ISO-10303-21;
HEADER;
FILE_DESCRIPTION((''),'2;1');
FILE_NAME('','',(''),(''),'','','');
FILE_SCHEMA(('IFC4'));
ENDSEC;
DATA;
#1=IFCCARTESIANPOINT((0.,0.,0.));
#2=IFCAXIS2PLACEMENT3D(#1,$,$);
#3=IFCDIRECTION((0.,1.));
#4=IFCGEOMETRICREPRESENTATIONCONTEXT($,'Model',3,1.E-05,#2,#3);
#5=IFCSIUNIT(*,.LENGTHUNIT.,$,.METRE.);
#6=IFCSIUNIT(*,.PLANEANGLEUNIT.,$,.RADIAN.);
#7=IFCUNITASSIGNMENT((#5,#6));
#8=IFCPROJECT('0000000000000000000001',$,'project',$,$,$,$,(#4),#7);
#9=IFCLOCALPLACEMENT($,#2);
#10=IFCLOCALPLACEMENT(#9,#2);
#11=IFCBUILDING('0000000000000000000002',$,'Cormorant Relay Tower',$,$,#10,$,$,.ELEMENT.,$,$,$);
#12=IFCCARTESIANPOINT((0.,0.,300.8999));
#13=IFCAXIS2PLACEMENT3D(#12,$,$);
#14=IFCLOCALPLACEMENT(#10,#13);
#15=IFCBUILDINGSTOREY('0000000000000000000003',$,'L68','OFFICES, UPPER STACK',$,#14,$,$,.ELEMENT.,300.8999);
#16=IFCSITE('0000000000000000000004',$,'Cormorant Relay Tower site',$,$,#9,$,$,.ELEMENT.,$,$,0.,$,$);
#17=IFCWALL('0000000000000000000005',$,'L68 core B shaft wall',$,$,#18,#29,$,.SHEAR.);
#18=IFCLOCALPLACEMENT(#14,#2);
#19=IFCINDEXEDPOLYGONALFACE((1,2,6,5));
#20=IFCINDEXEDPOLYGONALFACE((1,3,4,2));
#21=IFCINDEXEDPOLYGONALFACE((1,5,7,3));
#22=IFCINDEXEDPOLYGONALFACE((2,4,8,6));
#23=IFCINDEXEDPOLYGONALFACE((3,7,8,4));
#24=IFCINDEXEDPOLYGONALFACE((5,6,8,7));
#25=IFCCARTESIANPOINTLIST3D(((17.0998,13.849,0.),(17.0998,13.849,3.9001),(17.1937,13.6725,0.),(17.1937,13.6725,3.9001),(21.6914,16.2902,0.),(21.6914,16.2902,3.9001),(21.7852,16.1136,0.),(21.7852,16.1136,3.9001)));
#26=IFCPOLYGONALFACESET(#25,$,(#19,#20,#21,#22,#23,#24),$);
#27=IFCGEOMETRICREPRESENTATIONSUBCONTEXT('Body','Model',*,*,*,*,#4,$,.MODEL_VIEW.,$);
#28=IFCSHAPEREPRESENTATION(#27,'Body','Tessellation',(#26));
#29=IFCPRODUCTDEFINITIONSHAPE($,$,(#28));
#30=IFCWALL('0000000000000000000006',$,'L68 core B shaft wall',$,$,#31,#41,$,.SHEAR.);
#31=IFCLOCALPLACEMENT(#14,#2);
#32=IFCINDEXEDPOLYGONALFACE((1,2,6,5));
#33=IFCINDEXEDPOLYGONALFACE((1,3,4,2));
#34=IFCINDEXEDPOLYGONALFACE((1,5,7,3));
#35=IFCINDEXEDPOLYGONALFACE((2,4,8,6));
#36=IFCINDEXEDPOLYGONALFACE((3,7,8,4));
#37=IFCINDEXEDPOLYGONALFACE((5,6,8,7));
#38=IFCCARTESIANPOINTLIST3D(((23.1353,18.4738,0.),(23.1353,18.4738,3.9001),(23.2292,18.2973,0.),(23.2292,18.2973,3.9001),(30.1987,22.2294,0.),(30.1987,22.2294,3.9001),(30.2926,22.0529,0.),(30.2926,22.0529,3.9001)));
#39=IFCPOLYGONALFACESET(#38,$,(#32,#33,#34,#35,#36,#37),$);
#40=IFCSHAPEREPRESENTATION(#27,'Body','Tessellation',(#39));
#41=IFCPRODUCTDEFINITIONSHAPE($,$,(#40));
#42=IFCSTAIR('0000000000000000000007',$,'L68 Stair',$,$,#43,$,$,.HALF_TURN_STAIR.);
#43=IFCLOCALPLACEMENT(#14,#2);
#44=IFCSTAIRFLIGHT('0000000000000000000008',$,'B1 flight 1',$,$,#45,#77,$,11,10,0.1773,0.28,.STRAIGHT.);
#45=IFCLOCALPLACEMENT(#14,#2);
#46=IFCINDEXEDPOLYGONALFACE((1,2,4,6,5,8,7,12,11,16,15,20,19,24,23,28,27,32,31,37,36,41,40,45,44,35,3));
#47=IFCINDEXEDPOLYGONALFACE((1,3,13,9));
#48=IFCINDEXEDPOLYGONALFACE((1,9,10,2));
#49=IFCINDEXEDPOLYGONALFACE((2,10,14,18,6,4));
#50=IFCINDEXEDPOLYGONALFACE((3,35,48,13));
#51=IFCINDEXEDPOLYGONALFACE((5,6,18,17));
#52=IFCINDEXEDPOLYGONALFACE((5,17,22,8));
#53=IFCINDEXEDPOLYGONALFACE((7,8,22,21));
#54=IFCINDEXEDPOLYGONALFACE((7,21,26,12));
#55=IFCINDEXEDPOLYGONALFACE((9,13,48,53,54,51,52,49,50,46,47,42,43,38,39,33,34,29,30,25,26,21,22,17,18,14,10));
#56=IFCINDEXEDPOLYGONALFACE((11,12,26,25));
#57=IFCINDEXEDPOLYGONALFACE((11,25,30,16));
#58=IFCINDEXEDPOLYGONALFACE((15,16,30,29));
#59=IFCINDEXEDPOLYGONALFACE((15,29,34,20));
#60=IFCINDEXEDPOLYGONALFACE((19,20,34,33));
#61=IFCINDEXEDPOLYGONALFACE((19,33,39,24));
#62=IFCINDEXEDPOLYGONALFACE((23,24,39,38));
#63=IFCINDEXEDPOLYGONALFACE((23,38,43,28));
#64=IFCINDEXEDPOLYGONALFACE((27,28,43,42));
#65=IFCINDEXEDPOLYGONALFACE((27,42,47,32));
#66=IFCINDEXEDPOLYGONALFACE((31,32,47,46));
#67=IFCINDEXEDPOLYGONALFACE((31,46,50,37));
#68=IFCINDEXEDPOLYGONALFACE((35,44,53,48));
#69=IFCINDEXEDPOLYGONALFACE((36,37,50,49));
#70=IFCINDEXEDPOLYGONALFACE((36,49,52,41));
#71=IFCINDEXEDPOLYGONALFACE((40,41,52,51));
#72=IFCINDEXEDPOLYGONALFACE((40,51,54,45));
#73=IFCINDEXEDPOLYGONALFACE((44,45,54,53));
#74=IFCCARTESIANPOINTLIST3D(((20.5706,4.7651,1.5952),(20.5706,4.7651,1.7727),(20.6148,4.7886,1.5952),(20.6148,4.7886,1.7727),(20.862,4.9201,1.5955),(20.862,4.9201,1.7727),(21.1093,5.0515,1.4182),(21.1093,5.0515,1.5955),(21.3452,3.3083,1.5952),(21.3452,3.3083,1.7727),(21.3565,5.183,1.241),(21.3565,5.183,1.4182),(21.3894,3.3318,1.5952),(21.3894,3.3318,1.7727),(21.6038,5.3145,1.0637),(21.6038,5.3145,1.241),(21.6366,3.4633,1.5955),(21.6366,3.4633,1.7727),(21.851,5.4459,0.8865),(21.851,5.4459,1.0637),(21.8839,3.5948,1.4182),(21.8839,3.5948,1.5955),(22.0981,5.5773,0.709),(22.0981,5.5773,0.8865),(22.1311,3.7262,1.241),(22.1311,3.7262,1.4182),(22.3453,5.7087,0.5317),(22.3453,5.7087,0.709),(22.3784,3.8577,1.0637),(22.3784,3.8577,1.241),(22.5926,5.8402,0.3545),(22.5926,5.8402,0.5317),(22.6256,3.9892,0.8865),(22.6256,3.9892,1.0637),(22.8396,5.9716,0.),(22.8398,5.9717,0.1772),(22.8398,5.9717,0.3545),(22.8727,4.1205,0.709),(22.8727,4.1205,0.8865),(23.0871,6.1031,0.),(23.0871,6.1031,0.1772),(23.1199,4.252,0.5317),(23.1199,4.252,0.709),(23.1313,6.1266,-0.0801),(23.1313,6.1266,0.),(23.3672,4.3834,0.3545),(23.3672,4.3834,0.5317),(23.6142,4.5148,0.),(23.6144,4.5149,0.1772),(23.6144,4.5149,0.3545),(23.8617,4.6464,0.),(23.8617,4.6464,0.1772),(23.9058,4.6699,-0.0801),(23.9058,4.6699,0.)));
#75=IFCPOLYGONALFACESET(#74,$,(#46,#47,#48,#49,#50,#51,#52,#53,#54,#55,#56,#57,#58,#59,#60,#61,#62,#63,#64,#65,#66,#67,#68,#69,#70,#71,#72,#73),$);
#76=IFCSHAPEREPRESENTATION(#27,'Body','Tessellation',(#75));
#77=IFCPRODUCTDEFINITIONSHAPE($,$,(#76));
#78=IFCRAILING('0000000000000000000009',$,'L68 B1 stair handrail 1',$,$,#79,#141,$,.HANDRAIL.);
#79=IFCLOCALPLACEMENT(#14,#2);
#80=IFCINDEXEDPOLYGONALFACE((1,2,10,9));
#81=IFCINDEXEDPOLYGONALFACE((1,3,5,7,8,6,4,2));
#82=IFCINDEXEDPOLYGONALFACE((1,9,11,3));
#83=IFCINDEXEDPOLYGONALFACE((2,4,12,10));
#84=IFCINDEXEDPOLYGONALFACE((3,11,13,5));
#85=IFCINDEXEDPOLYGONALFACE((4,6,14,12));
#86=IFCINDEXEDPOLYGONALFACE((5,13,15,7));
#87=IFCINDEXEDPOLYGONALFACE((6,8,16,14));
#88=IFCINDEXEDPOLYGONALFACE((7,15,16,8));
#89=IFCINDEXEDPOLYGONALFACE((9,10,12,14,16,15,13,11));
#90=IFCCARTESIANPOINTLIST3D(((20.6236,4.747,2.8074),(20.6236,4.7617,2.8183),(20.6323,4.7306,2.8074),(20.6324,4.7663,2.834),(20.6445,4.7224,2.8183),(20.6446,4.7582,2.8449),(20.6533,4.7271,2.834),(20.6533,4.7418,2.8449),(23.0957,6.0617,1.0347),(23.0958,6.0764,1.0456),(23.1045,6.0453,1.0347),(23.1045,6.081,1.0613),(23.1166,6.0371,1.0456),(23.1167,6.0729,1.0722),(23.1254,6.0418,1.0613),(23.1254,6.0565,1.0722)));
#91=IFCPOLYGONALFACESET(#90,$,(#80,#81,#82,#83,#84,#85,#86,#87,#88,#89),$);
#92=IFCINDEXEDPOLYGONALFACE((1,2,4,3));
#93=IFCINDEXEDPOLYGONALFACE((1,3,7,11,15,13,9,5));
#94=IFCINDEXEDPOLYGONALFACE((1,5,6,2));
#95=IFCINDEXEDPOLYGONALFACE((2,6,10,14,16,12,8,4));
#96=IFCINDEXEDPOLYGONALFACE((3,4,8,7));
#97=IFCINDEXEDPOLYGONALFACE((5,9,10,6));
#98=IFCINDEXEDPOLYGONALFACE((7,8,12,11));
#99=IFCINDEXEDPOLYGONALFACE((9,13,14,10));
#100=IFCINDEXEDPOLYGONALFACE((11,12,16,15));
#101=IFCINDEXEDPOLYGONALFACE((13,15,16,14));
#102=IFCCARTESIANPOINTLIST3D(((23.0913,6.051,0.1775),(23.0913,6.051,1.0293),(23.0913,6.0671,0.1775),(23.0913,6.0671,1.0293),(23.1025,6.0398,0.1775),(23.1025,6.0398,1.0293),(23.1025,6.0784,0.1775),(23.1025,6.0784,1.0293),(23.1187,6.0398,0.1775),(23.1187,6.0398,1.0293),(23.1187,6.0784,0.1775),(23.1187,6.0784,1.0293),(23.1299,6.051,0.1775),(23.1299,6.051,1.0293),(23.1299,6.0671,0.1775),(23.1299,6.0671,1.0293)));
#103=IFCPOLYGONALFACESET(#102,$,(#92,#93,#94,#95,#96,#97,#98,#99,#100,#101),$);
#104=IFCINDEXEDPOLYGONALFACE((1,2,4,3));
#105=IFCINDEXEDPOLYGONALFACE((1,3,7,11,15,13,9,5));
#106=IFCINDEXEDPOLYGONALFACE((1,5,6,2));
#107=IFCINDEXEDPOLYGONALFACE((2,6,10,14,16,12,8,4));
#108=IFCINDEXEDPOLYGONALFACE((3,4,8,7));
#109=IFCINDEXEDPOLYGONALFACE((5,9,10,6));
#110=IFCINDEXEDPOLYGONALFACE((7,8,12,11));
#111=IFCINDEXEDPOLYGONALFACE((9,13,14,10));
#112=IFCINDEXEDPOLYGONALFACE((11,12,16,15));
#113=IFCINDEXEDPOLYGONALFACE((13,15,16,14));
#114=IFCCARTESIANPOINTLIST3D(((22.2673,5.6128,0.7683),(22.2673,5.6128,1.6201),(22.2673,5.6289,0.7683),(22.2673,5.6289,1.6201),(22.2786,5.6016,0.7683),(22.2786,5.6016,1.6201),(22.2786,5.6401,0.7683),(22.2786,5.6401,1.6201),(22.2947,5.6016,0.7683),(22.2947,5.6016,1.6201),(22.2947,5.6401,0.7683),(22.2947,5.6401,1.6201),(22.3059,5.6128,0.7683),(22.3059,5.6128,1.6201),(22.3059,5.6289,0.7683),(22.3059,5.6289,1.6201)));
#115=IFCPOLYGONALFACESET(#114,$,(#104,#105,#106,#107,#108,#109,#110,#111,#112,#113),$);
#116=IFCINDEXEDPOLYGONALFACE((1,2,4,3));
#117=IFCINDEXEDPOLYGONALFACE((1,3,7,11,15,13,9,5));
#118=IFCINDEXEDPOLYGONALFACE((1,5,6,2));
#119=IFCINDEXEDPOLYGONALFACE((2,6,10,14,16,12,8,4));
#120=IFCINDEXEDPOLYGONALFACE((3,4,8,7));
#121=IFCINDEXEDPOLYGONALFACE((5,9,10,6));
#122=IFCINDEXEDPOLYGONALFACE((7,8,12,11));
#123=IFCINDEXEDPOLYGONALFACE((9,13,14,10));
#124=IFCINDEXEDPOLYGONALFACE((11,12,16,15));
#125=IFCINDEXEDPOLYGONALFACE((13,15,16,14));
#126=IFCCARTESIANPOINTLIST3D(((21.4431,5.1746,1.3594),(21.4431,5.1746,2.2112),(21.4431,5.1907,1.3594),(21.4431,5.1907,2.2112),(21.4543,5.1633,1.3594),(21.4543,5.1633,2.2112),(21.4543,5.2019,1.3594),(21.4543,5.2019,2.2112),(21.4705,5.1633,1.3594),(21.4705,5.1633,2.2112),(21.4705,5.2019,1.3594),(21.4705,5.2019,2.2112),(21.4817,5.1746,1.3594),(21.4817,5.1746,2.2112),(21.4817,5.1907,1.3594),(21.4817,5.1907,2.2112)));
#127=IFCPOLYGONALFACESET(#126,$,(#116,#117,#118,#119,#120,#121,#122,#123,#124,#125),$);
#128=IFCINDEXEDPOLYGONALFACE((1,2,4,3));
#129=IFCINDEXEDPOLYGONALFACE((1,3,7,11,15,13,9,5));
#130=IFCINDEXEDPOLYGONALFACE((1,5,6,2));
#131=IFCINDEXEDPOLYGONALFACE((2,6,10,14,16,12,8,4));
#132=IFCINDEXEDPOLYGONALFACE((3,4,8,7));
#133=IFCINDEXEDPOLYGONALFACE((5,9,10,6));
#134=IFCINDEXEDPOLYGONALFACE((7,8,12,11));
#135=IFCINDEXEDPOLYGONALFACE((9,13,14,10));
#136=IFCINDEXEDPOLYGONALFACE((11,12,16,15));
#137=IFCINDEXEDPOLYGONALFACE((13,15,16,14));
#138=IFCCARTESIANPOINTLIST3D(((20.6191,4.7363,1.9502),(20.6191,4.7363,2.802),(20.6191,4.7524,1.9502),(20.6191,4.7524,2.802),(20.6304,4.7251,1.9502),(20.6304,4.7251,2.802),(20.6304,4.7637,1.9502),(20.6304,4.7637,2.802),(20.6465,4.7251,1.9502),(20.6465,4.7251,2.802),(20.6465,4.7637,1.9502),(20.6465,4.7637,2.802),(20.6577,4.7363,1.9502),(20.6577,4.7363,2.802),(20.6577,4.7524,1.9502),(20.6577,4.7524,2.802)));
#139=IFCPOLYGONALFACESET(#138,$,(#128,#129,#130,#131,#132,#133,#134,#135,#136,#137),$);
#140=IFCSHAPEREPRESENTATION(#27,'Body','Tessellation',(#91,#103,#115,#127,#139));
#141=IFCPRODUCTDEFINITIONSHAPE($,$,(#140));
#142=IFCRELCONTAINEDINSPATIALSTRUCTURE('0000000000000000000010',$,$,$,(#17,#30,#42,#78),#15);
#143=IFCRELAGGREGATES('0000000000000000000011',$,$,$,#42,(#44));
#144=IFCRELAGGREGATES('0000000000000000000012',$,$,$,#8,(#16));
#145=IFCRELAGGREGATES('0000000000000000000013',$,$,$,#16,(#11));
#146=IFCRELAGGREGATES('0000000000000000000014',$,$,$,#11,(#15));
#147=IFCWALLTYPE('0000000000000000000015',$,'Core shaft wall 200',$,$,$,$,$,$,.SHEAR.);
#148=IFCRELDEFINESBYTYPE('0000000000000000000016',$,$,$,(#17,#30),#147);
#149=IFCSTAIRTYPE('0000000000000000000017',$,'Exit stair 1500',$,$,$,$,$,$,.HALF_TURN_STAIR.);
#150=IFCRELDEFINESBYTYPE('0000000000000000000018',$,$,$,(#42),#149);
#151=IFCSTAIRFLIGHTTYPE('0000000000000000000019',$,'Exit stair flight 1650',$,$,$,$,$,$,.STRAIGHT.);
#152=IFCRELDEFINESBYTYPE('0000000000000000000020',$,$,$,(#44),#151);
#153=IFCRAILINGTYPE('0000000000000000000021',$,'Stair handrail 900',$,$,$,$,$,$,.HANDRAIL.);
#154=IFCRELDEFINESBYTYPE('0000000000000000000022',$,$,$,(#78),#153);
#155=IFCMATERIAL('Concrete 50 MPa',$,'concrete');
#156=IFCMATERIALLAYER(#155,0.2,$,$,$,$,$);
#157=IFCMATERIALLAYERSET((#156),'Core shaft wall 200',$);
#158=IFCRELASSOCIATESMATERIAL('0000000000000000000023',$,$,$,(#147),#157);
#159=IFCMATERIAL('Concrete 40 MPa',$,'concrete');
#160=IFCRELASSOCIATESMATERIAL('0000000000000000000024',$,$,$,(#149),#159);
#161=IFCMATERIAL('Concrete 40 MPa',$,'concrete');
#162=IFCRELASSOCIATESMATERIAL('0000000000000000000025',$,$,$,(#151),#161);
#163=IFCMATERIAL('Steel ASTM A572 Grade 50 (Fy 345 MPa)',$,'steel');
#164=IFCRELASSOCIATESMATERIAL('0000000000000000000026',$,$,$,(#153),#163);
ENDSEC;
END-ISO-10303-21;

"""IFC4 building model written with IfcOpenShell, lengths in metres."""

from ifc_helpers import new_model, si_unit, direction, frame, frame_2d, origin, place, context, subcontext, project, spatial, polyline, rectangle, outline, extrude, material, layer, layer_set, type_object, element, aggregate, save


model = new_model("IFC4")

# Units and contexts
model_context = context("Model", 3, precision=1e-05, world=origin(), true_north=direction((0.0, 1.0)))
body_context = subcontext(model_context, "Body", "Model", "MODEL_VIEW")
ifc_project = project(units=[si_unit("LENGTHUNIT", "METRE"), si_unit("PLANEANGLEUNIT", "RADIAN")], contexts=[model_context])

# Site, building, storey
site_placement = place(None, origin())
site = spatial("IfcSite", under=ifc_project, at=site_placement, Name="Cormorant Relay Tower site", CompositionType="ELEMENT", RefElevation=0.0)
building_placement = place(site_placement, origin())
building = spatial("IfcBuilding", under=site, at=building_placement, Name="Cormorant Relay Tower", CompositionType="ELEMENT")
storey_placement = place(building_placement, frame((0.0, 0.0, 300.8999)))
storey = spatial("IfcBuildingStorey", under=building, at=storey_placement, Name="L68", Description="OFFICES, UPPER STACK", CompositionType="ELEMENT", Elevation=300.8999)

# Shared definitions
ifc_material_1 = material(Name="Concrete 50 MPa", Category="concrete")
ifc_layer_1 = layer(ifc_material_1, 0.2)
ifc_layer_set_1 = layer_set([ifc_layer_1], Name="Core shaft wall 200")
wall_type_1 = type_object("IfcWallType", Name="Core shaft wall 200", PredefinedType="SHEAR", material=ifc_layer_set_1)

# Walls
wall_1_placement = place(storey_placement, frame((17.1467, 13.7607, 0.0), z_axis=(0.0, 0.0, 1.0), x_axis=(0.882964, 0.46944, 0.0)))
element("IfcWall", 1, at=wall_1_placement, inside=storey, type_object=wall_type_1, Name="L68 core B shaft wall", PredefinedType="SHEAR", context=body_context, shape_type="SweptSolid", body=[
    extrude(rectangle(XDim=5.2002, YDim=0.2, at=frame_2d((2.6001, 0.0))), origin(), (0.0, 0.0, 1.0), 3.9001),
])
wall_2_placement = place(storey_placement, frame((23.1821, 18.3855, 0.0), z_axis=(0.0, 0.0, 1.0), x_axis=(0.882953, 0.469462, 0.0)))
element("IfcWall", 2, at=wall_2_placement, inside=storey, type_object=wall_type_1, Name="L68 core B shaft wall", PredefinedType="SHEAR", context=body_context, shape_type="SweptSolid", body=[
    extrude(rectangle(XDim=7.9998, YDim=0.2, at=frame_2d((4.0, 0.0))), origin(), (0.0, 0.0, 1.0), 3.9001),
])

# Stair, stair flight
ifc_material_2 = material(Name="Concrete 40 MPa", Category="concrete")
stair_type = type_object("IfcStairType", Name="Exit stair 1500", PredefinedType="HALF_TURN_STAIR", material=ifc_material_2)
stair_placement = place(storey_placement, origin())
stair = element("IfcStair", 3, at=stair_placement, inside=storey, type_object=stair_type, Name="L68 Stair", PredefinedType="HALF_TURN_STAIR")
ifc_material_3 = material(Name="Concrete 40 MPa", Category="concrete")
stair_flight_type = type_object("IfcStairFlightType", Name="Exit stair flight 1650", PredefinedType="STRAIGHT", material=ifc_material_3)
stair_flight_placement = place(storey_placement, frame((23.4744, 5.3748, 0.0), z_axis=(0.0, 0.0, 1.0), x_axis=(-0.882948, -0.469472, 0.0)))
stair_flight = element("IfcStairFlight", 4, at=stair_flight_placement, type_object=stair_flight_type, Name="B1 flight 1", NumberOfRisers=11, NumberOfTreads=10, PredefinedType="STRAIGHT", RiserHeight=0.1773, TreadLength=0.28, context=body_context, shape_type="SweptSolid", body=[
    extrude(outline(polyline([(-0.05, -0.0801), (-0.05, 0.0), (0.0, 0.0), (0.0, 0.1772), (0.28, 0.1772), (0.28, 0.3545), (0.5601, 0.3545), (0.5601, 0.5317), (0.8401, 0.5317), (0.8401, 0.709), (1.1201, 0.709), (1.1201, 0.8865), (1.3999, 0.8865), (1.3999, 1.0637), (1.6799, 1.0637), (1.6799, 1.241), (1.96, 1.241), (1.96, 1.4182), (2.24, 1.4182), (2.24, 1.5955), (2.52, 1.5955), (2.52, 1.7727), (2.8, 1.7727), (2.8501, 1.7727), (2.8501, 1.5952), (2.8, 1.5952), (0.2803, 0.0), (-0.05, -0.0801)])), frame((0.0, 0.825, 0.0), z_axis=(0.0, -1.0, 0.0), x_axis=(1.0, 0.0, 0.0)), (0.0, 0.0, 1.0), 1.6499),
])
aggregate(stair, [stair_flight])

# Railing
ifc_material_4 = material(Name="Steel ASTM A572 Grade 50 (Fy 345 MPa)", Category="steel")
railing_type = type_object("IfcRailingType", Name="Stair handrail 900", PredefinedType="HANDRAIL", material=ifc_material_4)
railing_placement = place(storey_placement, frame((23.1106, 6.0591, 0.1775)))
element("IfcRailing", 5, at=railing_placement, inside=storey, type_object=railing_type, Name="L68 B1 stair handrail 1", PredefinedType="HANDRAIL", context=body_context, shape_type="SweptSolid", body=[
    extrude(outline(polyline([(0.0222, 0.0093), (0.0093, 0.0222), (-0.0093, 0.0222), (-0.0222, 0.0093), (-0.0222, -0.0093), (-0.0093, -0.0222), (0.0093, -0.0222), (0.0222, -0.0093), (0.0222, 0.0093)])), frame((0.0, 0.0, 0.876), z_axis=(-0.745979, -0.396711, 0.534916), x_axis=(0.469533, -0.882915, 0.0)), (0.0, 0.0, 1.0), 3.314),
    extrude(outline(polyline([(0.0193, 0.0081), (0.0081, 0.0193), (-0.0081, 0.0193), (-0.0193, 0.0081), (-0.0193, -0.0081), (-0.0081, -0.0193), (0.0081, -0.0193), (0.0193, -0.0081), (0.0193, 0.0081)])), origin(), (0.0, 0.0, 1.0), 0.8518),
    extrude(outline(polyline([(0.0193, 0.0081), (0.0081, 0.0193), (-0.0081, 0.0193), (-0.0193, 0.0081), (-0.0193, -0.0081), (-0.0081, -0.0193), (0.0081, -0.0193), (0.0193, -0.0081), (0.0193, 0.0081)])), frame((-0.824, -0.4382, 0.5908)), (0.0, 0.0, 1.0), 0.8518),
    extrude(outline(polyline([(0.0193, 0.0081), (0.0081, 0.0193), (-0.0081, 0.0193), (-0.0193, 0.0081), (-0.0193, -0.0081), (-0.0081, -0.0193), (0.0081, -0.0193), (0.0193, -0.0081), (0.0193, 0.0081)])), frame((-1.6482, -0.8765, 1.1819)), (0.0, 0.0, 1.0), 0.8518),
    extrude(outline(polyline([(0.0193, 0.0081), (0.0081, 0.0193), (-0.0081, 0.0193), (-0.0193, 0.0081), (-0.0193, -0.0081), (-0.0081, -0.0193), (0.0081, -0.0193), (0.0193, -0.0081), (0.0193, 0.0081)])), frame((-2.4722, -1.3147, 1.7727)), (0.0, 0.0, 1.0), 0.8518),
])

save(model, "model.ifc")
